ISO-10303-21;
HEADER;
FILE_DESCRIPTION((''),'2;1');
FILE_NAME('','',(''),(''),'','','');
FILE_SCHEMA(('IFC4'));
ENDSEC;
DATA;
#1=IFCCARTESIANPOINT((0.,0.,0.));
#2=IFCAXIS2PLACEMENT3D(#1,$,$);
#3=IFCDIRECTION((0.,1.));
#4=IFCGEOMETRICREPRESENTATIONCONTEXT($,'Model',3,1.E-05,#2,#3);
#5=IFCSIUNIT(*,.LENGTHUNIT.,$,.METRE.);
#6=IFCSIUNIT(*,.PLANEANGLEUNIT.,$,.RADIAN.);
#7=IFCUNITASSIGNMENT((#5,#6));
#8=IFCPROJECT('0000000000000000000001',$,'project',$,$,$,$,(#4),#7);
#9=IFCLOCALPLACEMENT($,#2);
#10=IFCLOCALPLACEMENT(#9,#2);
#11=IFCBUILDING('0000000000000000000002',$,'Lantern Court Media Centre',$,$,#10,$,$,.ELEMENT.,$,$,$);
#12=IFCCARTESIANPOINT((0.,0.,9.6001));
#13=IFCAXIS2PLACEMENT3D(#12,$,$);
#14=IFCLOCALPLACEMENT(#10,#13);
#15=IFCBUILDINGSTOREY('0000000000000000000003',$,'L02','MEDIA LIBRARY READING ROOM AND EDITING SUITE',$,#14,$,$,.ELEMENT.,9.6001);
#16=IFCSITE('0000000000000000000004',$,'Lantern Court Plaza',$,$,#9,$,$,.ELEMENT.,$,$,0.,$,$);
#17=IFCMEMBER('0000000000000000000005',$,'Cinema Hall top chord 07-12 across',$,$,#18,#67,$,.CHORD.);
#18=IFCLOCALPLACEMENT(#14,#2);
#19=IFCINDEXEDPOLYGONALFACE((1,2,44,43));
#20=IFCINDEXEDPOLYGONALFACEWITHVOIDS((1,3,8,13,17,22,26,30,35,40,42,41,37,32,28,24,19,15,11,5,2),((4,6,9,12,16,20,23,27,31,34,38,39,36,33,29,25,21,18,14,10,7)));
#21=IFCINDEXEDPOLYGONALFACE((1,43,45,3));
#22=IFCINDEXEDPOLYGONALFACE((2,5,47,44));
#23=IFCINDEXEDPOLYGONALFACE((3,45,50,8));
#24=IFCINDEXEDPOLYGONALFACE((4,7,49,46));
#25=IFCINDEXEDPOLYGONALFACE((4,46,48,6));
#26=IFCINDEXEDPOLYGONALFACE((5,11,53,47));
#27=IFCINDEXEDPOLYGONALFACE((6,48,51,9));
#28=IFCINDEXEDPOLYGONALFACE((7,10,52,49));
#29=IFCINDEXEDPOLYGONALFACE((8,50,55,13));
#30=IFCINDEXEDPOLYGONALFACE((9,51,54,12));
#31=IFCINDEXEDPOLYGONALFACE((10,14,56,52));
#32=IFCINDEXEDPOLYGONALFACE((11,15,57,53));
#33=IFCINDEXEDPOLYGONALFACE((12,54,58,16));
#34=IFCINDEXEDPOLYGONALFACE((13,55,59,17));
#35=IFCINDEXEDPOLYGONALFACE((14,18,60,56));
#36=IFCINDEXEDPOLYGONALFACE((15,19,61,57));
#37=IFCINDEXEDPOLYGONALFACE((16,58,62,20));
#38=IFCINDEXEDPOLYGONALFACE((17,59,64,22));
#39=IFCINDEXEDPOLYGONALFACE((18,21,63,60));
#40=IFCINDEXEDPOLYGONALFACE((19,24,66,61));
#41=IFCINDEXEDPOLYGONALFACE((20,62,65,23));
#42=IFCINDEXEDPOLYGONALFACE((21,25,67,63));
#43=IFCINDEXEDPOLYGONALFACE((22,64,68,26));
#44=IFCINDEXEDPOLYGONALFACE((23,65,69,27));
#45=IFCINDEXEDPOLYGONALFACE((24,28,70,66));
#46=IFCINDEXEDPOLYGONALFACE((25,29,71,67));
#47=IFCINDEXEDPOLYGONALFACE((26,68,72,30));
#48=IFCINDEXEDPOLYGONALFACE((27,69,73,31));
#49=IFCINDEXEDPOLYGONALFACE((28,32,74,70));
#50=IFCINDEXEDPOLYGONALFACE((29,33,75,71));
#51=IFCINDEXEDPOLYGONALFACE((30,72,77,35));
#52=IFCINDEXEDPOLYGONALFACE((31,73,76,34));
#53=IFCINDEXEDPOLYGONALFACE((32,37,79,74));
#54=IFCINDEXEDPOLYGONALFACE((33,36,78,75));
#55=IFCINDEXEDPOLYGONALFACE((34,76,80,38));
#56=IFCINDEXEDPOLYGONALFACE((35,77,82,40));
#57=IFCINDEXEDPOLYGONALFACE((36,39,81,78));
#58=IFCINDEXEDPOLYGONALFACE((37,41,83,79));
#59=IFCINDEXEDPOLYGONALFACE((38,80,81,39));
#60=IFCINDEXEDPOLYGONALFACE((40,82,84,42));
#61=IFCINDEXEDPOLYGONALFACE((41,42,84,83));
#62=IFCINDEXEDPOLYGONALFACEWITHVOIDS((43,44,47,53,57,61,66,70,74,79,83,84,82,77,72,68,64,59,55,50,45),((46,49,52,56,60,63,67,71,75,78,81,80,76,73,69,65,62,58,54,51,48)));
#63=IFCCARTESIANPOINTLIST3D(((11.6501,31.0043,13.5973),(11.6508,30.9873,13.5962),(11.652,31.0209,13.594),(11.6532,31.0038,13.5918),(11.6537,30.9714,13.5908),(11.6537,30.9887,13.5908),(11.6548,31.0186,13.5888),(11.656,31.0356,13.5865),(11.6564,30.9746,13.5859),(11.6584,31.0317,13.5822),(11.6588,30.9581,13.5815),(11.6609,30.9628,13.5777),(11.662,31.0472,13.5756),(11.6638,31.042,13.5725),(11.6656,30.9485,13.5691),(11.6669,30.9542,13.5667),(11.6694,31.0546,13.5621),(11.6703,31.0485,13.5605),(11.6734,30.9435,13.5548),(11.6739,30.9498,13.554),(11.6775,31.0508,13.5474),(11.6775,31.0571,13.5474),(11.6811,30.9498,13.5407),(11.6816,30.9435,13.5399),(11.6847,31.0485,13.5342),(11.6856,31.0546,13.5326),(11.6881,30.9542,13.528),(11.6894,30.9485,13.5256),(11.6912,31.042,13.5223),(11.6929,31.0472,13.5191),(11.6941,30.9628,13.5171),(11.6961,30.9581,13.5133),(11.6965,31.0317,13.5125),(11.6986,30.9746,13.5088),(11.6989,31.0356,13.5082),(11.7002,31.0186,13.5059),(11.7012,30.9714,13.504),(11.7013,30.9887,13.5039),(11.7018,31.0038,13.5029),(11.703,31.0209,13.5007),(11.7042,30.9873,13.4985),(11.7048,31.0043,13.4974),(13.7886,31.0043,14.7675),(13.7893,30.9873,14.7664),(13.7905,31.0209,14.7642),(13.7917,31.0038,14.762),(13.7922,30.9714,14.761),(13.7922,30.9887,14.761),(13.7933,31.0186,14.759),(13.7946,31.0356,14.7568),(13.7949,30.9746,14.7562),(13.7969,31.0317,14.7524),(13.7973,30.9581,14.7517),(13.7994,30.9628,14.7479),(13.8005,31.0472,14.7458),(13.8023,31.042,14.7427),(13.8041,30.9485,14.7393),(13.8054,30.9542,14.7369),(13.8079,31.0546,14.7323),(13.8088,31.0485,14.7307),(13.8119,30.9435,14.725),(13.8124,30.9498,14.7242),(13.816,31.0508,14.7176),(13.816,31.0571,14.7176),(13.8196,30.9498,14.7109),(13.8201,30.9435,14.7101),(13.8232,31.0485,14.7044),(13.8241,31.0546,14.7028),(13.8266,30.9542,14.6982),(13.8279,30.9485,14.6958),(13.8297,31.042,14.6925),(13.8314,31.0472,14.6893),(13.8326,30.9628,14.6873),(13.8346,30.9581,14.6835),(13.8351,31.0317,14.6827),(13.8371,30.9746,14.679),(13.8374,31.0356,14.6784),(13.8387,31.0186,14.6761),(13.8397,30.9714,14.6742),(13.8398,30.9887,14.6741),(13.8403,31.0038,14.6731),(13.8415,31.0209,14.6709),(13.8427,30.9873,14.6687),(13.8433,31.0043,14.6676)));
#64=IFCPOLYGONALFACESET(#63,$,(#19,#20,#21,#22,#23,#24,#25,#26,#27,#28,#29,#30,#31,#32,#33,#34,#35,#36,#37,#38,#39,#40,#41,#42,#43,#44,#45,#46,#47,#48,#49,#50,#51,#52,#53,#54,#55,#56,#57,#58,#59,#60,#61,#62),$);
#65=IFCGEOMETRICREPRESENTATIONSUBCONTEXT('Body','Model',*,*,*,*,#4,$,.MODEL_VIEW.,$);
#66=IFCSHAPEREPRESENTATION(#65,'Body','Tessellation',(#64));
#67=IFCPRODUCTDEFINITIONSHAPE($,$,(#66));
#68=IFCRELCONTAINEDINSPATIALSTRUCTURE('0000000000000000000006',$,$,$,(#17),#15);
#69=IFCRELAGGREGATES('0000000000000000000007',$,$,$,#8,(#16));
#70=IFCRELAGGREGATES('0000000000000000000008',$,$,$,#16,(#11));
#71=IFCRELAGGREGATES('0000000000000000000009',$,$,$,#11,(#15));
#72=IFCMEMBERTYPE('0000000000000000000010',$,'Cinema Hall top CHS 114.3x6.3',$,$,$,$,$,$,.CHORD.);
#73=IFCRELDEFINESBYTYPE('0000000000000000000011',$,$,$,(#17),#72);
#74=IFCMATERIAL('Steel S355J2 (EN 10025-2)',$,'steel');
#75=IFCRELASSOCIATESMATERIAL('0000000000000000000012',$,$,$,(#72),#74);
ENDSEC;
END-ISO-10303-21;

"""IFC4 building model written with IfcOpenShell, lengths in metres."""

from ifc_helpers import new_model, si_unit, direction, frame, origin, origin_2d, place, context, subcontext, project, spatial, hollow_circle, extrude, material, material_profile, profile_set, type_object, element, save


model = new_model("IFC4")

# Units and contexts
model_context = context("Model", 3, precision=1e-05, world=origin(), true_north=direction((0.0, 1.0)))
body_context = subcontext(model_context, "Body", "Model", "MODEL_VIEW")
ifc_project = project(units=[si_unit("LENGTHUNIT", "METRE"), si_unit("PLANEANGLEUNIT", "RADIAN")], contexts=[model_context])

# Site, building, storey
site_placement = place(None, origin())
site = spatial("IfcSite", under=ifc_project, at=site_placement, Name="Lantern Court Plaza", CompositionType="ELEMENT", RefElevation=0.0)
building_placement = place(site_placement, origin())
building = spatial("IfcBuilding", under=site, at=building_placement, Name="Lantern Court Media Centre", CompositionType="ELEMENT")
storey_placement = place(building_placement, frame((0.0, 0.0, 9.6001)))
storey = spatial("IfcBuildingStorey", under=building, at=storey_placement, Name="L02", Description="MEDIA LIBRARY READING ROOM AND EDITING SUITE", CompositionType="ELEMENT", Elevation=9.6001)

# Member
ifc_material = material(Name="Steel S355J2 (EN 10025-2)", Category="steel")
ifc_material_profile_1 = material_profile(ifc_material, hollow_circle(Radius=0.0571, WallThickness=0.0063, at=origin_2d()), Name="Cinema Hall top CHS 114.3x6.3")
ifc_profile_set_1 = profile_set([ifc_material_profile_1], Name="Steel S355J2 (EN 10025-2)")
member_type_1 = type_object("IfcMemberType", Name="Cinema Hall top CHS 114.3x6.3", PredefinedType="CHORD", material=ifc_profile_set_1)
for number, where, z_axis, x_axis, name in (
    (1, (11.6775, 31.0, 13.5474), (0.877248, 0.0, 0.480038), (0.0, 1.0, 0.0), "Cinema Hall top chord 07-12 across"),
):
    element("IfcMember", number, at=place(storey_placement, frame(where, z_axis=z_axis, x_axis=x_axis)), inside=storey, type_object=member_type_1, Name=name, PredefinedType="CHORD", context=body_context, shape_type="SweptSolid", body=[
        extrude(hollow_circle(Radius=0.0571, WallThickness=0.0063, at=origin_2d()), origin(), (0.0, 0.0, 1.0), 2.4377),
    ])

save(model, "model.ifc")
